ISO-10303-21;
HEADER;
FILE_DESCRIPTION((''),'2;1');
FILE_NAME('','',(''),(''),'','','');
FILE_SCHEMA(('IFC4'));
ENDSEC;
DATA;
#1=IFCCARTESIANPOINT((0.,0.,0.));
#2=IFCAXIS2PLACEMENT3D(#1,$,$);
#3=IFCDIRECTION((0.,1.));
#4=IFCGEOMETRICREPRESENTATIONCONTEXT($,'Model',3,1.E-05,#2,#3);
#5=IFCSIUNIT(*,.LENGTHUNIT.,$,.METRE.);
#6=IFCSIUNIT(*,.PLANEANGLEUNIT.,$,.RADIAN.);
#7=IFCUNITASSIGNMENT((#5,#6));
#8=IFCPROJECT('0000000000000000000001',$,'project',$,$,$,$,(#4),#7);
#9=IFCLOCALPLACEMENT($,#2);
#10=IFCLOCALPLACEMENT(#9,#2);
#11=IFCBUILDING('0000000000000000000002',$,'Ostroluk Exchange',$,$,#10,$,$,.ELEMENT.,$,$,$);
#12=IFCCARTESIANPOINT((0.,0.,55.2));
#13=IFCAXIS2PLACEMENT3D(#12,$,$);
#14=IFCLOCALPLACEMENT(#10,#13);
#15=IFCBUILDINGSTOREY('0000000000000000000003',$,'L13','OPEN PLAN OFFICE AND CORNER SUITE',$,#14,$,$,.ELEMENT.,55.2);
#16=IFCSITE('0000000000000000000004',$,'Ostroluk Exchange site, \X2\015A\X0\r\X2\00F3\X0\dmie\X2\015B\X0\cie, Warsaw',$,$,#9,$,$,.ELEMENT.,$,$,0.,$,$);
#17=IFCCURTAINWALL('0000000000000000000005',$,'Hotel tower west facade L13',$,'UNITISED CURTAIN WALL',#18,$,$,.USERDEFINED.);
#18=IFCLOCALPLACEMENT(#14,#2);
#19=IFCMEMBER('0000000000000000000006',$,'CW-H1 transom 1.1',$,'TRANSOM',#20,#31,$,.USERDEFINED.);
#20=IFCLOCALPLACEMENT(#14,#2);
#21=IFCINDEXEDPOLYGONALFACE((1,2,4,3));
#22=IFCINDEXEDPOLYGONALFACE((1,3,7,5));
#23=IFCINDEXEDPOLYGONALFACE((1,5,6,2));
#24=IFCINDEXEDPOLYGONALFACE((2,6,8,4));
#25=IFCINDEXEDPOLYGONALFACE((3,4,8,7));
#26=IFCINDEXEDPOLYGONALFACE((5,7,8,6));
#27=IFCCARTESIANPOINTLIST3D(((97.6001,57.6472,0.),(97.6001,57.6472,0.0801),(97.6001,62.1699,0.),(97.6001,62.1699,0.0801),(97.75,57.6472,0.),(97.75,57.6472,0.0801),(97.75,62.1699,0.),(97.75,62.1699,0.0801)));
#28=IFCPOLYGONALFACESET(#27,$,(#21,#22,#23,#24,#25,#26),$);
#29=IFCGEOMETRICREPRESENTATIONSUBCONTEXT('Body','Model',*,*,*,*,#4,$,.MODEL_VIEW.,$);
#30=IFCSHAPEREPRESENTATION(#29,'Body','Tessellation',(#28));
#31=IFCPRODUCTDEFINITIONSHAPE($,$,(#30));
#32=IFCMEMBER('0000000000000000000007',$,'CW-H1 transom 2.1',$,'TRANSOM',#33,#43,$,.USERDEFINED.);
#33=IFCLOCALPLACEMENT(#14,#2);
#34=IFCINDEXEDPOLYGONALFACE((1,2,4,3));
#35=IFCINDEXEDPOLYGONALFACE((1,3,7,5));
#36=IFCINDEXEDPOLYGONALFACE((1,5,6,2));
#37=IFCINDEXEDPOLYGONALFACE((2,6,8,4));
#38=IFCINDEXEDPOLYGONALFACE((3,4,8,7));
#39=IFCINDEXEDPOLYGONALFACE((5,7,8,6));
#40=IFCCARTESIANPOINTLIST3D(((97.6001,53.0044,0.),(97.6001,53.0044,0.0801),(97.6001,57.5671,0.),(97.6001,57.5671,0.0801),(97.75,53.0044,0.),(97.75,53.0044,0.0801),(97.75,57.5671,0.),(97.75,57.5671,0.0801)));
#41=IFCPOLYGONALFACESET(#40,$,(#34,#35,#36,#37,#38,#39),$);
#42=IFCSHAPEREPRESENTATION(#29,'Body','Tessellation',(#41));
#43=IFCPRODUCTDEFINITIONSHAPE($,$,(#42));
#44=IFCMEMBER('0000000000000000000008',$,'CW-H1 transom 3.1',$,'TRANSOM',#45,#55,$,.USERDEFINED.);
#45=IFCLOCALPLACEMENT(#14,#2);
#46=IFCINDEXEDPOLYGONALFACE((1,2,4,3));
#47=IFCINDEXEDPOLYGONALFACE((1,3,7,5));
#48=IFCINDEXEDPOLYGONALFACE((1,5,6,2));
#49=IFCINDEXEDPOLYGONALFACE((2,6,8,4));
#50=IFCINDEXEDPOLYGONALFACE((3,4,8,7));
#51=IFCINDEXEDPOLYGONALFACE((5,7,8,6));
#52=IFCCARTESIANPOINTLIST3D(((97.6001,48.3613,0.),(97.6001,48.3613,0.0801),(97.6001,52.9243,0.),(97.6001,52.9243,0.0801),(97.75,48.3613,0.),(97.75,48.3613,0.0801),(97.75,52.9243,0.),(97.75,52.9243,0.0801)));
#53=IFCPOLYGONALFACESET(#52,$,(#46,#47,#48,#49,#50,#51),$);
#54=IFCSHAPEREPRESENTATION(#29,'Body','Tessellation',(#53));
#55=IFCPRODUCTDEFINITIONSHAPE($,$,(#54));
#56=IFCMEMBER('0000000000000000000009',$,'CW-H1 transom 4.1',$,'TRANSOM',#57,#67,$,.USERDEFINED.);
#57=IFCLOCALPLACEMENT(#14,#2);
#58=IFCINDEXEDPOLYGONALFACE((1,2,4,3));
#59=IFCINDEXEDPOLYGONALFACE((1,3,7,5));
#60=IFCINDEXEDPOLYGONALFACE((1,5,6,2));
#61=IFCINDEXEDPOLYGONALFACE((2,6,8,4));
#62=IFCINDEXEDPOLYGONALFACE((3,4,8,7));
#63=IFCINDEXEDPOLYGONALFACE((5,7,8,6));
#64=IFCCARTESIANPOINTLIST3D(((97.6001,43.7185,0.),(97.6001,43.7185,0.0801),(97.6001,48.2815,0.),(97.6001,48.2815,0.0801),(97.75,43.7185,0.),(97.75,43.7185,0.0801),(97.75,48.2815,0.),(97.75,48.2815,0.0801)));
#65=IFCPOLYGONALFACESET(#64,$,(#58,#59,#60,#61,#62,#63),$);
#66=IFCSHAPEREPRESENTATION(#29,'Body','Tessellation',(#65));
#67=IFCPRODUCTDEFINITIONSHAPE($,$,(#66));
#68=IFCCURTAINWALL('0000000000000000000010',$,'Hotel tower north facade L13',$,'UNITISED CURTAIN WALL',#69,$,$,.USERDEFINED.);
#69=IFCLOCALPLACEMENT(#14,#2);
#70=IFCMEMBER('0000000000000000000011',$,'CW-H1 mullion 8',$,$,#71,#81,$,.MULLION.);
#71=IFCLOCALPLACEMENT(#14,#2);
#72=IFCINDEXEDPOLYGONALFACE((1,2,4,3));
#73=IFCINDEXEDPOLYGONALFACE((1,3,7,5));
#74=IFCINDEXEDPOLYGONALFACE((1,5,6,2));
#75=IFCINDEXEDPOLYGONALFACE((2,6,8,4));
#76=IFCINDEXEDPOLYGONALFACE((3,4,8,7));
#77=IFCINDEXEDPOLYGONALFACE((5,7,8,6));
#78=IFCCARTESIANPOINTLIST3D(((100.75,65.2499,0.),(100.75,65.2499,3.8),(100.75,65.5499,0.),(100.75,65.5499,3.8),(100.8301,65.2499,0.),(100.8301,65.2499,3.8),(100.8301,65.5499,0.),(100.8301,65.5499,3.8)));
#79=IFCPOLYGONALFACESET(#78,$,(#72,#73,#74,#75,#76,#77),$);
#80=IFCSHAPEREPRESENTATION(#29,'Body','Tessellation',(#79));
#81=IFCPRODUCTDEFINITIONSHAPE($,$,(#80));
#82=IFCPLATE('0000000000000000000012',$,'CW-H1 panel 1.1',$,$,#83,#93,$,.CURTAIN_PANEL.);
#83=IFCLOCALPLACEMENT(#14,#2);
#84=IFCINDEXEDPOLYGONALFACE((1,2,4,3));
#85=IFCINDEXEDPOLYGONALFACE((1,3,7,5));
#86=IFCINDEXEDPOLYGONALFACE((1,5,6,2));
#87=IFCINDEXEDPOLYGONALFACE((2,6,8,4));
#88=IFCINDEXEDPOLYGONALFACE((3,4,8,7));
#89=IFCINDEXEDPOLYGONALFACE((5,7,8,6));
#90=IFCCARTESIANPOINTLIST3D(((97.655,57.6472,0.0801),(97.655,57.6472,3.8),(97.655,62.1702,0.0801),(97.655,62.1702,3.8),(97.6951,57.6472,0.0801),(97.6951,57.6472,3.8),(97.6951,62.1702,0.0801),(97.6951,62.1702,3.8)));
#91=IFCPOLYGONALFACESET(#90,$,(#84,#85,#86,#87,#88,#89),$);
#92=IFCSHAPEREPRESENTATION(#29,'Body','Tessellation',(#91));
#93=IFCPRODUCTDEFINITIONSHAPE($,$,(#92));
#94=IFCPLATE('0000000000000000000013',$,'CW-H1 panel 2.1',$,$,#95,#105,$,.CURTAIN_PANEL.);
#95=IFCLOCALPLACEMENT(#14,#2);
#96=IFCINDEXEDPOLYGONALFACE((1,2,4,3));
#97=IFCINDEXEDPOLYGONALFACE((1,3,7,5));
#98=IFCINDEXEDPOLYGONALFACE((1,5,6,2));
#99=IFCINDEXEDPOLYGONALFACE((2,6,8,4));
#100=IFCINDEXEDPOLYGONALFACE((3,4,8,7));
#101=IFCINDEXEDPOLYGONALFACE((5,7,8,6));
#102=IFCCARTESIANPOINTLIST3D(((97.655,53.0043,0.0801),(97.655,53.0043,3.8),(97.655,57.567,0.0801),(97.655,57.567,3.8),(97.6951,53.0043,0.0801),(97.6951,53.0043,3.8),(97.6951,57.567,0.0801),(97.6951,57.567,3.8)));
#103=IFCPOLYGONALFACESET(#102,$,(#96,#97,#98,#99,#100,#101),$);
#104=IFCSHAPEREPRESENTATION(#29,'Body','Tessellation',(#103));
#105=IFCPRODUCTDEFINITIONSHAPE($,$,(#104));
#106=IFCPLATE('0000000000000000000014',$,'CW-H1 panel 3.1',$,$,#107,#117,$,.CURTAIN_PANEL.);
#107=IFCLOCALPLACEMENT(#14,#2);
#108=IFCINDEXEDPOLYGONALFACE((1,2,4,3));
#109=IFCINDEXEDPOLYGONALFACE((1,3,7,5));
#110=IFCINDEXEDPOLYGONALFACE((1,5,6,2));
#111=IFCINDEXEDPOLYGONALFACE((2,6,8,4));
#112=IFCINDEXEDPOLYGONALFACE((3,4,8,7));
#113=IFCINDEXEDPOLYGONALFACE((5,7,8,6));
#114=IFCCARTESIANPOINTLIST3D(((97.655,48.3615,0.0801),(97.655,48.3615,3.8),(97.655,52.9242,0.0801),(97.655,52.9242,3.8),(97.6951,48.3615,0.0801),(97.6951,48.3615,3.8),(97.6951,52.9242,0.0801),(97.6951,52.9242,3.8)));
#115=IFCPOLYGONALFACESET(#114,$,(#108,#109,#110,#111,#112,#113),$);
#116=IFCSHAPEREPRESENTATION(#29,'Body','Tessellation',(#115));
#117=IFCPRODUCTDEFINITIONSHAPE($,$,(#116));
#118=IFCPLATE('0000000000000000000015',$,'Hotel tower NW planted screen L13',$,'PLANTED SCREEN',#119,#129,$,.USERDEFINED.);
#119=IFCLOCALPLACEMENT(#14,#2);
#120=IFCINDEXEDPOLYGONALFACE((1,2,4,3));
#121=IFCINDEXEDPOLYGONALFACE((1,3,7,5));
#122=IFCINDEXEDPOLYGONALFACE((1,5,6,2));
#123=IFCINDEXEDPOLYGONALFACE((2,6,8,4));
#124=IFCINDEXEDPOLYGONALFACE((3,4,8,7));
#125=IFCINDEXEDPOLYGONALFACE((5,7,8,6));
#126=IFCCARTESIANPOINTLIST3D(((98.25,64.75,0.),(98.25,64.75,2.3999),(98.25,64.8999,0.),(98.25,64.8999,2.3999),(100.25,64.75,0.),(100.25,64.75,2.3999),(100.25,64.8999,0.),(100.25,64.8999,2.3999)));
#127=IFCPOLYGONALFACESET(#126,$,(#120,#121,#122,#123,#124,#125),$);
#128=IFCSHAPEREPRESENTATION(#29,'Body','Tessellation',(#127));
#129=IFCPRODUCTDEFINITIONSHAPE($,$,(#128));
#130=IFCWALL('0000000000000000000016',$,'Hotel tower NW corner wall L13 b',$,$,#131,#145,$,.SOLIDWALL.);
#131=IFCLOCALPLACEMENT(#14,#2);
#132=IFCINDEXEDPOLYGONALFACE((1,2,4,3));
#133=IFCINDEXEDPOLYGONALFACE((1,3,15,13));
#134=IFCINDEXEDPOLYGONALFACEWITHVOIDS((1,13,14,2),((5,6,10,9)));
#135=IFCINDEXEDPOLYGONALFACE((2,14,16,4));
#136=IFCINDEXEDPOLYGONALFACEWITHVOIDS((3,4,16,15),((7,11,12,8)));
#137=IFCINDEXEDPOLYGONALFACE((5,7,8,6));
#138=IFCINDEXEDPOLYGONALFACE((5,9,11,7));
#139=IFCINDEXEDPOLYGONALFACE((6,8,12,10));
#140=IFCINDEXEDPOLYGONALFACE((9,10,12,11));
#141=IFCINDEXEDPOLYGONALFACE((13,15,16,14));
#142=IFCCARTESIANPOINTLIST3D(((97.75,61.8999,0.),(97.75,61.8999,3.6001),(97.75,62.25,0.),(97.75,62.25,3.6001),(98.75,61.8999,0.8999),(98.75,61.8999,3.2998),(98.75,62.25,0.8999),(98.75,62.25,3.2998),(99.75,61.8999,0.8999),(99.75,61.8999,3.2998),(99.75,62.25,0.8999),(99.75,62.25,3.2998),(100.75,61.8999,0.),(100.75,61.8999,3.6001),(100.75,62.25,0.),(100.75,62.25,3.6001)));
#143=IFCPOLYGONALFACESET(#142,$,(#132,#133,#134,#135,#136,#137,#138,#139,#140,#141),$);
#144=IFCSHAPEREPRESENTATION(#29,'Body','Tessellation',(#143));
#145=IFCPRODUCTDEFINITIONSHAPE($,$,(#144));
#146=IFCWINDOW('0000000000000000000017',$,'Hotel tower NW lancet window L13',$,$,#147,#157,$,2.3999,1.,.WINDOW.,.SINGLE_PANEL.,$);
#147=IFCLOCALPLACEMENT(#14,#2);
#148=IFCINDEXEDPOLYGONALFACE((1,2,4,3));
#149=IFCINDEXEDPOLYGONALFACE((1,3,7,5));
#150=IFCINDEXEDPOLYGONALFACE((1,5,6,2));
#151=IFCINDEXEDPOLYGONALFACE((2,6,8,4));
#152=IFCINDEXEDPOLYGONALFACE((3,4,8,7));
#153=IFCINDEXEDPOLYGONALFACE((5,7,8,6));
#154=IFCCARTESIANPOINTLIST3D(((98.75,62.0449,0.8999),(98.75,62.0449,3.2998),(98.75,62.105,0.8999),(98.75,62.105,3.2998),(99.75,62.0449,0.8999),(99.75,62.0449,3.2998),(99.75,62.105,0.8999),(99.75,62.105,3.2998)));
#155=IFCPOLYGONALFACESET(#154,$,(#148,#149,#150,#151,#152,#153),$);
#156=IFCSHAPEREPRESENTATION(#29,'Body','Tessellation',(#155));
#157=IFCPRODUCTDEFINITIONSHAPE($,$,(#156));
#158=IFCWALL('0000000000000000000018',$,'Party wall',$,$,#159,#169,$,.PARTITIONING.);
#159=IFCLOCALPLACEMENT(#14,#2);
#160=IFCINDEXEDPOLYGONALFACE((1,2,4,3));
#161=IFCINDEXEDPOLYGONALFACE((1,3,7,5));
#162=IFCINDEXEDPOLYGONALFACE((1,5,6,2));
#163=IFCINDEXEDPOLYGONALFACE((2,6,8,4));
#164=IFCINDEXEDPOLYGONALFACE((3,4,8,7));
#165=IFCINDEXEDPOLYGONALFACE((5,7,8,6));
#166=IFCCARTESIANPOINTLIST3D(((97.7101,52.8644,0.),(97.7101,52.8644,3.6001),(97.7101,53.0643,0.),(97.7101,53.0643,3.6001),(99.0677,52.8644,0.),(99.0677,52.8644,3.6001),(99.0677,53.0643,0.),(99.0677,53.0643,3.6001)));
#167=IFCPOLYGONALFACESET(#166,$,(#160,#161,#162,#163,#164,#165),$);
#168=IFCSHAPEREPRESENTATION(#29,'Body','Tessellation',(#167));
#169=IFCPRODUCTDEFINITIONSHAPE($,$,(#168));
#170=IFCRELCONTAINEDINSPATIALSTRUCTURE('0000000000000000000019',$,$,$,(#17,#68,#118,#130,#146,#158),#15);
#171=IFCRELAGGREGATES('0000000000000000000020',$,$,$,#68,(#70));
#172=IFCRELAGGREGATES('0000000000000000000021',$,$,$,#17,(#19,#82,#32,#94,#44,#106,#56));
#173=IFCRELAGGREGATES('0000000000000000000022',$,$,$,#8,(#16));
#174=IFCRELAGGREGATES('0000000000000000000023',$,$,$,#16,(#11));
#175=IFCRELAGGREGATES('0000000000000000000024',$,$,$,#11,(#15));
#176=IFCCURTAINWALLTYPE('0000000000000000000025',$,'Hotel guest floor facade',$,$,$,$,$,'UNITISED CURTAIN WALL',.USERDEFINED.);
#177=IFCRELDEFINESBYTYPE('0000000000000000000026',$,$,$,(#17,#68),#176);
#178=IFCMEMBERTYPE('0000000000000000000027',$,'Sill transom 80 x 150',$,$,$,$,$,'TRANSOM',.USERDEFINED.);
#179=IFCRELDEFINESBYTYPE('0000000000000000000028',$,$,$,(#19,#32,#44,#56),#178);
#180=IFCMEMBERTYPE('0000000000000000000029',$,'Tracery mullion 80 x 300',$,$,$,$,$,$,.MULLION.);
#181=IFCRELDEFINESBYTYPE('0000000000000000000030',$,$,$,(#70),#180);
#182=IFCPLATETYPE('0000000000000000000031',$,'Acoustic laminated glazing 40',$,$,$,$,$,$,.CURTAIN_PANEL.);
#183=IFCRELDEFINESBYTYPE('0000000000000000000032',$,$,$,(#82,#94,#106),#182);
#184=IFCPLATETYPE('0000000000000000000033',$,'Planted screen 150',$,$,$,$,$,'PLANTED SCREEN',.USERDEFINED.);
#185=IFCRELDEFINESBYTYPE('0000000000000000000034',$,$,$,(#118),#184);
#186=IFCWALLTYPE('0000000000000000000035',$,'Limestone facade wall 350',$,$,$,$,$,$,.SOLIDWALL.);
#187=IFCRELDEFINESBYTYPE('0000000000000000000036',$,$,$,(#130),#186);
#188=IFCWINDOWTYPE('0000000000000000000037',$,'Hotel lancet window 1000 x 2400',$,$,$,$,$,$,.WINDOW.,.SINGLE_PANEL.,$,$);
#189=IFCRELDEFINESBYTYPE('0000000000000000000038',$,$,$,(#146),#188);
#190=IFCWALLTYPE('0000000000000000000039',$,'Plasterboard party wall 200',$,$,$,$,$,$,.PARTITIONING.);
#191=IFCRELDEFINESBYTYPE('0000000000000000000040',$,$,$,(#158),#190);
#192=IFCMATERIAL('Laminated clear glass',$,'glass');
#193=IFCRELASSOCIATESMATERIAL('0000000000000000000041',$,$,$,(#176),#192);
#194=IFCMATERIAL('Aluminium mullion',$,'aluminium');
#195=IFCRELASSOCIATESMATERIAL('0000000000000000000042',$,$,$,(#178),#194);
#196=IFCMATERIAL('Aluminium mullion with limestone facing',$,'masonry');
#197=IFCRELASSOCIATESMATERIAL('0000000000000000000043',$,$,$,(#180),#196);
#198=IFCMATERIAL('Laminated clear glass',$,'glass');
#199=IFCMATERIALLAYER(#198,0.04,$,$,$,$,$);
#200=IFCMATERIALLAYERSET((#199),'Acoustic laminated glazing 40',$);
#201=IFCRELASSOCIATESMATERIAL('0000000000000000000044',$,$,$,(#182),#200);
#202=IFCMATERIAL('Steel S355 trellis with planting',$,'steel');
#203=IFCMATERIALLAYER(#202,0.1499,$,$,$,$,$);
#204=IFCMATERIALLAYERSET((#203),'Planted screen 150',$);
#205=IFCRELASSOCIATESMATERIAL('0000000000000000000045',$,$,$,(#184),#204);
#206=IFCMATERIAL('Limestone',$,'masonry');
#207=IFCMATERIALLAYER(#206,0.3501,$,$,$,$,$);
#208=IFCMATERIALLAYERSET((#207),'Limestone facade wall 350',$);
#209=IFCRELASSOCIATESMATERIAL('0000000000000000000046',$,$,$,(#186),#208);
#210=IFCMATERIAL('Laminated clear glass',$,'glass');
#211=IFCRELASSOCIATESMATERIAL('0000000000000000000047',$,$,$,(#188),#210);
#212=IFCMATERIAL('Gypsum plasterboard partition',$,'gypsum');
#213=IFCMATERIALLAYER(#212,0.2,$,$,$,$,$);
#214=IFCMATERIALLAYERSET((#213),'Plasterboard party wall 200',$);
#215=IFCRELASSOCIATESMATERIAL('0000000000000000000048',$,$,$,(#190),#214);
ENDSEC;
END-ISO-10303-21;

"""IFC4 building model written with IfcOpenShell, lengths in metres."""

from ifc_helpers import new_model, si_unit, direction, frame, frame_2d, origin, origin_2d, place, context, subcontext, project, spatial, rectangle, extrude, material, layer, layer_set, material_profile, profile_set, type_object, element, fill, aggregate, save


model = new_model("IFC4")

# Units and contexts
model_context = context("Model", 3, precision=1e-05, world=origin(), true_north=direction((0.0, 1.0)))
body_context = subcontext(model_context, "Body", "Model", "MODEL_VIEW")
ifc_project = project(units=[si_unit("LENGTHUNIT", "METRE"), si_unit("PLANEANGLEUNIT", "RADIAN")], contexts=[model_context])

# Site, building, storey
site_placement = place(None, origin())
site = spatial("IfcSite", under=ifc_project, at=site_placement, Name="Ostroluk Exchange site, Śródmieście, Warsaw", CompositionType="ELEMENT", RefElevation=0.0)
building_placement = place(site_placement, origin())
building = spatial("IfcBuilding", under=site, at=building_placement, Name="Ostroluk Exchange", CompositionType="ELEMENT")
storey_placement = place(building_placement, frame((0.0, 0.0, 55.2)))
storey = spatial("IfcBuildingStorey", under=building, at=storey_placement, Name="L13", Description="OPEN PLAN OFFICE AND CORNER SUITE", CompositionType="ELEMENT", Elevation=55.2)

# Curtain wall, members
ifc_material_1 = material(Name="Laminated clear glass", Category="glass")
curtain_wall_type = type_object("IfcCurtainWallType", Name="Hotel guest floor facade", ElementType="UNITISED CURTAIN WALL", PredefinedType="USERDEFINED", material=ifc_material_1)
curtain_wall_1_placement = place(storey_placement, origin())
curtain_wall_1 = element("IfcCurtainWall", 1, at=curtain_wall_1_placement, inside=storey, type_object=curtain_wall_type, Name="Hotel tower west facade L13", ObjectType="UNITISED CURTAIN WALL", PredefinedType="USERDEFINED")
ifc_material_2 = material(Name="Aluminium mullion", Category="aluminium")
ifc_material_profile_1 = material_profile(ifc_material_2, rectangle(XDim=0.1499, YDim=0.0801, at=origin_2d()), Name="Sill transom 80 x 150")
ifc_profile_set_1 = profile_set([ifc_material_profile_1], Name="Aluminium mullion")
member_type_1 = type_object("IfcMemberType", Name="Sill transom 80 x 150", ElementType="TRANSOM", PredefinedType="USERDEFINED", material=ifc_profile_set_1)
member_1_placement = place(storey_placement, frame((97.675, 62.1699, 0.04), z_axis=(0.0, -1.0, 0.0), x_axis=(1.0, 0.0, 0.0)))
member_1 = element("IfcMember", 2, at=member_1_placement, type_object=member_type_1, Name="CW-H1 transom 1.1", ObjectType="TRANSOM", PredefinedType="USERDEFINED", context=body_context, shape_type="SweptSolid", body=[
    extrude(rectangle(XDim=0.1499, YDim=0.0801, at=origin_2d()), origin(), (0.0, 0.0, 1.0), 4.5227),
])
member_2_placement = place(storey_placement, frame((97.675, 57.5671, 0.04), z_axis=(0.0, -1.0, 0.0), x_axis=(1.0, 0.0, 0.0)))
member_2 = element("IfcMember", 3, at=member_2_placement, type_object=member_type_1, Name="CW-H1 transom 2.1", ObjectType="TRANSOM", PredefinedType="USERDEFINED", context=body_context, shape_type="SweptSolid", body=[
    extrude(rectangle(XDim=0.1499, YDim=0.0801, at=origin_2d()), origin(), (0.0, 0.0, 1.0), 4.5627),
])
member_3_placement = place(storey_placement, frame((97.675, 52.9243, 0.04), z_axis=(0.0, -1.0, 0.0), x_axis=(1.0, 0.0, 0.0)))
member_3 = element("IfcMember", 4, at=member_3_placement, type_object=member_type_1, Name="CW-H1 transom 3.1", ObjectType="TRANSOM", PredefinedType="USERDEFINED", context=body_context, shape_type="SweptSolid", body=[
    extrude(rectangle(XDim=0.1499, YDim=0.0801, at=origin_2d()), origin(), (0.0, 0.0, 1.0), 4.563),
])
member_4_placement = place(storey_placement, frame((97.675, 48.2815, 0.04), z_axis=(0.0, -1.0, 0.0), x_axis=(1.0, 0.0, 0.0)))
member_4 = element("IfcMember", 5, at=member_4_placement, type_object=member_type_1, Name="CW-H1 transom 4.1", ObjectType="TRANSOM", PredefinedType="USERDEFINED", context=body_context, shape_type="SweptSolid", body=[
    extrude(rectangle(XDim=0.1499, YDim=0.0801, at=origin_2d()), origin(), (0.0, 0.0, 1.0), 4.563),
])

# Curtain wall, member
curtain_wall_2_placement = place(storey_placement, origin())
curtain_wall_2 = element("IfcCurtainWall", 6, at=curtain_wall_2_placement, inside=storey, type_object=curtain_wall_type, Name="Hotel tower north facade L13", ObjectType="UNITISED CURTAIN WALL", PredefinedType="USERDEFINED")
ifc_material_3 = material(Name="Aluminium mullion with limestone facing", Category="masonry")
ifc_material_profile_2 = material_profile(ifc_material_3, rectangle(XDim=0.3, YDim=0.0801, at=origin_2d()), Name="Tracery mullion 80 x 300")
ifc_profile_set_2 = profile_set([ifc_material_profile_2], Name="Aluminium mullion with limestone facing")
member_type_2 = type_object("IfcMemberType", Name="Tracery mullion 80 x 300", PredefinedType="MULLION", material=ifc_profile_set_2)
member_5_placement = place(storey_placement, frame((100.79, 65.3999, 0.0), z_axis=(0.0, 0.0, 1.0), x_axis=(0.0, -1.0, 0.0)))
member_5 = element("IfcMember", 7, at=member_5_placement, type_object=member_type_2, Name="CW-H1 mullion 8", PredefinedType="MULLION", context=body_context, shape_type="SweptSolid", body=[
    extrude(rectangle(XDim=0.3, YDim=0.0801, at=origin_2d()), origin(), (0.0, 0.0, 1.0), 3.8),
])
aggregate(curtain_wall_2, [member_5])

# Plates
ifc_material_4 = material(Name="Laminated clear glass", Category="glass")
ifc_layer_1 = layer(ifc_material_4, 0.04)
ifc_layer_set_1 = layer_set([ifc_layer_1], Name="Acoustic laminated glazing 40")
plate_type_1 = type_object("IfcPlateType", Name="Acoustic laminated glazing 40", PredefinedType="CURTAIN_PANEL", material=ifc_layer_set_1)
plate_1_placement = place(storey_placement, frame((97.675, 59.9087, 0.0801), z_axis=(0.0, 0.0, 1.0), x_axis=(0.0, -1.0, 0.0)))
plate_1 = element("IfcPlate", 8, at=plate_1_placement, type_object=plate_type_1, Name="CW-H1 panel 1.1", PredefinedType="CURTAIN_PANEL", context=body_context, shape_type="SweptSolid", body=[
    extrude(rectangle(XDim=4.5229, YDim=0.04, at=origin_2d()), origin(), (0.0, 0.0, 1.0), 3.72),
])
plate_2_placement = place(storey_placement, frame((97.675, 55.2856, 0.0801), z_axis=(0.0, 0.0, 1.0), x_axis=(0.0, -1.0, 0.0)))
plate_2 = element("IfcPlate", 9, at=plate_2_placement, type_object=plate_type_1, Name="CW-H1 panel 2.1", PredefinedType="CURTAIN_PANEL", context=body_context, shape_type="SweptSolid", body=[
    extrude(rectangle(XDim=4.5627, YDim=0.04, at=origin_2d()), origin(), (0.0, 0.0, 1.0), 3.72),
])
plate_3_placement = place(storey_placement, frame((97.675, 50.6428, 0.0801), z_axis=(0.0, 0.0, 1.0), x_axis=(0.0, -1.0, 0.0)))
plate_3 = element("IfcPlate", 10, at=plate_3_placement, type_object=plate_type_1, Name="CW-H1 panel 3.1", PredefinedType="CURTAIN_PANEL", context=body_context, shape_type="SweptSolid", body=[
    extrude(rectangle(XDim=4.5627, YDim=0.04, at=origin_2d()), origin(), (0.0, 0.0, 1.0), 3.72),
])
aggregate(curtain_wall_1, [member_1, plate_1, member_2, plate_2, member_3, plate_3, member_4])
ifc_material_5 = material(Name="Steel S355 trellis with planting", Category="steel")
ifc_layer_2 = layer(ifc_material_5, 0.1499)
ifc_layer_set_2 = layer_set([ifc_layer_2], Name="Planted screen 150")
plate_type_2 = type_object("IfcPlateType", Name="Planted screen 150", ElementType="PLANTED SCREEN", PredefinedType="USERDEFINED", material=ifc_layer_set_2)
plate_4_placement = place(storey_placement, frame((99.25, 64.825, 0.0), z_axis=(0.0, 0.0, 1.0), x_axis=(1.0, 0.0, 0.0)))
element("IfcPlate", 11, at=plate_4_placement, inside=storey, type_object=plate_type_2, Name="Hotel tower NW planted screen L13", ObjectType="PLANTED SCREEN", PredefinedType="USERDEFINED", context=body_context, shape_type="SweptSolid", body=[
    extrude(rectangle(XDim=2.0, YDim=0.1499, at=origin_2d()), origin(), (0.0, 0.0, 1.0), 2.3999),
])

# Shared definitions
ifc_material_6 = material(Name="Limestone", Category="masonry")
ifc_layer_3 = layer(ifc_material_6, 0.3501)
ifc_layer_set_3 = layer_set([ifc_layer_3], Name="Limestone facade wall 350")
wall_type_1 = type_object("IfcWallType", Name="Limestone facade wall 350", PredefinedType="SOLIDWALL", material=ifc_layer_set_3)

# Wall, opening, window
wall_1_placement = place(storey_placement, frame((100.75, 62.075, 0.0), z_axis=(0.0, 0.0, 1.0), x_axis=(-1.0, 0.0, 0.0)))
wall_1 = element("IfcWall", 12, at=wall_1_placement, inside=storey, type_object=wall_type_1, Name="Hotel tower NW corner wall L13 b", PredefinedType="SOLIDWALL", context=body_context, shape_type="SweptSolid", body=[
    extrude(rectangle(XDim=3.0, YDim=0.3501, at=frame_2d((1.5, 0.0))), origin(), (0.0, 0.0, 1.0), 3.6001),
])
opening_1_placement = place(wall_1_placement, frame((1.0, 0.0, 0.8999)))
opening_1 = element("IfcOpeningElement", 13, at=opening_1_placement, cuts=wall_1, PredefinedType="OPENING", context=body_context, shape_type="SweptSolid", body=[
    extrude(rectangle(XDim=1.0, YDim=2.3999, at=frame_2d((0.5, 1.2))), frame((0.0, 0.1851, 0.0), z_axis=(0.0, -1.0, 0.0), x_axis=(1.0, 0.0, 0.0)), (0.0, 0.0, 1.0), 0.3701),
])
ifc_material_7 = material(Name="Laminated clear glass", Category="glass")
window_type = type_object("IfcWindowType", Name="Hotel lancet window 1000 x 2400", PartitioningType="SINGLE_PANEL", PredefinedType="WINDOW", material=ifc_material_7)
window_placement = place(opening_1_placement, origin())
window = element("IfcWindow", 14, at=window_placement, inside=storey, type_object=window_type, Name="Hotel tower NW lancet window L13", OverallHeight=2.3999, OverallWidth=1.0, PartitioningType="SINGLE_PANEL", PredefinedType="WINDOW", context=body_context, shape_type="SweptSolid", body=[
    extrude(rectangle(XDim=1.0, YDim=2.3999, at=frame_2d((0.5, 1.2))), frame((0.0, 0.03, 0.0), z_axis=(0.0, -1.0, 0.0), x_axis=(1.0, 0.0, 0.0)), (0.0, 0.0, 1.0), 0.0601),
])
fill(opening_1, window)

# Wall
ifc_material_8 = material(Name="Gypsum plasterboard partition", Category="gypsum")
ifc_layer_4 = layer(ifc_material_8, 0.2)
ifc_layer_set_4 = layer_set([ifc_layer_4], Name="Plasterboard party wall 200")
wall_type_2 = type_object("IfcWallType", Name="Plasterboard party wall 200", PredefinedType="PARTITIONING", material=ifc_layer_set_4)
wall_2_placement = place(storey_placement, frame((99.0676, 52.9644, 0.0), z_axis=(0.0, 0.0, 1.0), x_axis=(-1.0, 0.0, 0.0)))
element("IfcWall", 15, at=wall_2_placement, inside=storey, type_object=wall_type_2, Name="Party wall", PredefinedType="PARTITIONING", context=body_context, shape_type="SweptSolid", body=[
    extrude(rectangle(XDim=1.3577, YDim=0.2, at=frame_2d((0.6787, 0.0))), origin(), (0.0, 0.0, 1.0), 3.6001),
])

save(model, "model.ifc")
